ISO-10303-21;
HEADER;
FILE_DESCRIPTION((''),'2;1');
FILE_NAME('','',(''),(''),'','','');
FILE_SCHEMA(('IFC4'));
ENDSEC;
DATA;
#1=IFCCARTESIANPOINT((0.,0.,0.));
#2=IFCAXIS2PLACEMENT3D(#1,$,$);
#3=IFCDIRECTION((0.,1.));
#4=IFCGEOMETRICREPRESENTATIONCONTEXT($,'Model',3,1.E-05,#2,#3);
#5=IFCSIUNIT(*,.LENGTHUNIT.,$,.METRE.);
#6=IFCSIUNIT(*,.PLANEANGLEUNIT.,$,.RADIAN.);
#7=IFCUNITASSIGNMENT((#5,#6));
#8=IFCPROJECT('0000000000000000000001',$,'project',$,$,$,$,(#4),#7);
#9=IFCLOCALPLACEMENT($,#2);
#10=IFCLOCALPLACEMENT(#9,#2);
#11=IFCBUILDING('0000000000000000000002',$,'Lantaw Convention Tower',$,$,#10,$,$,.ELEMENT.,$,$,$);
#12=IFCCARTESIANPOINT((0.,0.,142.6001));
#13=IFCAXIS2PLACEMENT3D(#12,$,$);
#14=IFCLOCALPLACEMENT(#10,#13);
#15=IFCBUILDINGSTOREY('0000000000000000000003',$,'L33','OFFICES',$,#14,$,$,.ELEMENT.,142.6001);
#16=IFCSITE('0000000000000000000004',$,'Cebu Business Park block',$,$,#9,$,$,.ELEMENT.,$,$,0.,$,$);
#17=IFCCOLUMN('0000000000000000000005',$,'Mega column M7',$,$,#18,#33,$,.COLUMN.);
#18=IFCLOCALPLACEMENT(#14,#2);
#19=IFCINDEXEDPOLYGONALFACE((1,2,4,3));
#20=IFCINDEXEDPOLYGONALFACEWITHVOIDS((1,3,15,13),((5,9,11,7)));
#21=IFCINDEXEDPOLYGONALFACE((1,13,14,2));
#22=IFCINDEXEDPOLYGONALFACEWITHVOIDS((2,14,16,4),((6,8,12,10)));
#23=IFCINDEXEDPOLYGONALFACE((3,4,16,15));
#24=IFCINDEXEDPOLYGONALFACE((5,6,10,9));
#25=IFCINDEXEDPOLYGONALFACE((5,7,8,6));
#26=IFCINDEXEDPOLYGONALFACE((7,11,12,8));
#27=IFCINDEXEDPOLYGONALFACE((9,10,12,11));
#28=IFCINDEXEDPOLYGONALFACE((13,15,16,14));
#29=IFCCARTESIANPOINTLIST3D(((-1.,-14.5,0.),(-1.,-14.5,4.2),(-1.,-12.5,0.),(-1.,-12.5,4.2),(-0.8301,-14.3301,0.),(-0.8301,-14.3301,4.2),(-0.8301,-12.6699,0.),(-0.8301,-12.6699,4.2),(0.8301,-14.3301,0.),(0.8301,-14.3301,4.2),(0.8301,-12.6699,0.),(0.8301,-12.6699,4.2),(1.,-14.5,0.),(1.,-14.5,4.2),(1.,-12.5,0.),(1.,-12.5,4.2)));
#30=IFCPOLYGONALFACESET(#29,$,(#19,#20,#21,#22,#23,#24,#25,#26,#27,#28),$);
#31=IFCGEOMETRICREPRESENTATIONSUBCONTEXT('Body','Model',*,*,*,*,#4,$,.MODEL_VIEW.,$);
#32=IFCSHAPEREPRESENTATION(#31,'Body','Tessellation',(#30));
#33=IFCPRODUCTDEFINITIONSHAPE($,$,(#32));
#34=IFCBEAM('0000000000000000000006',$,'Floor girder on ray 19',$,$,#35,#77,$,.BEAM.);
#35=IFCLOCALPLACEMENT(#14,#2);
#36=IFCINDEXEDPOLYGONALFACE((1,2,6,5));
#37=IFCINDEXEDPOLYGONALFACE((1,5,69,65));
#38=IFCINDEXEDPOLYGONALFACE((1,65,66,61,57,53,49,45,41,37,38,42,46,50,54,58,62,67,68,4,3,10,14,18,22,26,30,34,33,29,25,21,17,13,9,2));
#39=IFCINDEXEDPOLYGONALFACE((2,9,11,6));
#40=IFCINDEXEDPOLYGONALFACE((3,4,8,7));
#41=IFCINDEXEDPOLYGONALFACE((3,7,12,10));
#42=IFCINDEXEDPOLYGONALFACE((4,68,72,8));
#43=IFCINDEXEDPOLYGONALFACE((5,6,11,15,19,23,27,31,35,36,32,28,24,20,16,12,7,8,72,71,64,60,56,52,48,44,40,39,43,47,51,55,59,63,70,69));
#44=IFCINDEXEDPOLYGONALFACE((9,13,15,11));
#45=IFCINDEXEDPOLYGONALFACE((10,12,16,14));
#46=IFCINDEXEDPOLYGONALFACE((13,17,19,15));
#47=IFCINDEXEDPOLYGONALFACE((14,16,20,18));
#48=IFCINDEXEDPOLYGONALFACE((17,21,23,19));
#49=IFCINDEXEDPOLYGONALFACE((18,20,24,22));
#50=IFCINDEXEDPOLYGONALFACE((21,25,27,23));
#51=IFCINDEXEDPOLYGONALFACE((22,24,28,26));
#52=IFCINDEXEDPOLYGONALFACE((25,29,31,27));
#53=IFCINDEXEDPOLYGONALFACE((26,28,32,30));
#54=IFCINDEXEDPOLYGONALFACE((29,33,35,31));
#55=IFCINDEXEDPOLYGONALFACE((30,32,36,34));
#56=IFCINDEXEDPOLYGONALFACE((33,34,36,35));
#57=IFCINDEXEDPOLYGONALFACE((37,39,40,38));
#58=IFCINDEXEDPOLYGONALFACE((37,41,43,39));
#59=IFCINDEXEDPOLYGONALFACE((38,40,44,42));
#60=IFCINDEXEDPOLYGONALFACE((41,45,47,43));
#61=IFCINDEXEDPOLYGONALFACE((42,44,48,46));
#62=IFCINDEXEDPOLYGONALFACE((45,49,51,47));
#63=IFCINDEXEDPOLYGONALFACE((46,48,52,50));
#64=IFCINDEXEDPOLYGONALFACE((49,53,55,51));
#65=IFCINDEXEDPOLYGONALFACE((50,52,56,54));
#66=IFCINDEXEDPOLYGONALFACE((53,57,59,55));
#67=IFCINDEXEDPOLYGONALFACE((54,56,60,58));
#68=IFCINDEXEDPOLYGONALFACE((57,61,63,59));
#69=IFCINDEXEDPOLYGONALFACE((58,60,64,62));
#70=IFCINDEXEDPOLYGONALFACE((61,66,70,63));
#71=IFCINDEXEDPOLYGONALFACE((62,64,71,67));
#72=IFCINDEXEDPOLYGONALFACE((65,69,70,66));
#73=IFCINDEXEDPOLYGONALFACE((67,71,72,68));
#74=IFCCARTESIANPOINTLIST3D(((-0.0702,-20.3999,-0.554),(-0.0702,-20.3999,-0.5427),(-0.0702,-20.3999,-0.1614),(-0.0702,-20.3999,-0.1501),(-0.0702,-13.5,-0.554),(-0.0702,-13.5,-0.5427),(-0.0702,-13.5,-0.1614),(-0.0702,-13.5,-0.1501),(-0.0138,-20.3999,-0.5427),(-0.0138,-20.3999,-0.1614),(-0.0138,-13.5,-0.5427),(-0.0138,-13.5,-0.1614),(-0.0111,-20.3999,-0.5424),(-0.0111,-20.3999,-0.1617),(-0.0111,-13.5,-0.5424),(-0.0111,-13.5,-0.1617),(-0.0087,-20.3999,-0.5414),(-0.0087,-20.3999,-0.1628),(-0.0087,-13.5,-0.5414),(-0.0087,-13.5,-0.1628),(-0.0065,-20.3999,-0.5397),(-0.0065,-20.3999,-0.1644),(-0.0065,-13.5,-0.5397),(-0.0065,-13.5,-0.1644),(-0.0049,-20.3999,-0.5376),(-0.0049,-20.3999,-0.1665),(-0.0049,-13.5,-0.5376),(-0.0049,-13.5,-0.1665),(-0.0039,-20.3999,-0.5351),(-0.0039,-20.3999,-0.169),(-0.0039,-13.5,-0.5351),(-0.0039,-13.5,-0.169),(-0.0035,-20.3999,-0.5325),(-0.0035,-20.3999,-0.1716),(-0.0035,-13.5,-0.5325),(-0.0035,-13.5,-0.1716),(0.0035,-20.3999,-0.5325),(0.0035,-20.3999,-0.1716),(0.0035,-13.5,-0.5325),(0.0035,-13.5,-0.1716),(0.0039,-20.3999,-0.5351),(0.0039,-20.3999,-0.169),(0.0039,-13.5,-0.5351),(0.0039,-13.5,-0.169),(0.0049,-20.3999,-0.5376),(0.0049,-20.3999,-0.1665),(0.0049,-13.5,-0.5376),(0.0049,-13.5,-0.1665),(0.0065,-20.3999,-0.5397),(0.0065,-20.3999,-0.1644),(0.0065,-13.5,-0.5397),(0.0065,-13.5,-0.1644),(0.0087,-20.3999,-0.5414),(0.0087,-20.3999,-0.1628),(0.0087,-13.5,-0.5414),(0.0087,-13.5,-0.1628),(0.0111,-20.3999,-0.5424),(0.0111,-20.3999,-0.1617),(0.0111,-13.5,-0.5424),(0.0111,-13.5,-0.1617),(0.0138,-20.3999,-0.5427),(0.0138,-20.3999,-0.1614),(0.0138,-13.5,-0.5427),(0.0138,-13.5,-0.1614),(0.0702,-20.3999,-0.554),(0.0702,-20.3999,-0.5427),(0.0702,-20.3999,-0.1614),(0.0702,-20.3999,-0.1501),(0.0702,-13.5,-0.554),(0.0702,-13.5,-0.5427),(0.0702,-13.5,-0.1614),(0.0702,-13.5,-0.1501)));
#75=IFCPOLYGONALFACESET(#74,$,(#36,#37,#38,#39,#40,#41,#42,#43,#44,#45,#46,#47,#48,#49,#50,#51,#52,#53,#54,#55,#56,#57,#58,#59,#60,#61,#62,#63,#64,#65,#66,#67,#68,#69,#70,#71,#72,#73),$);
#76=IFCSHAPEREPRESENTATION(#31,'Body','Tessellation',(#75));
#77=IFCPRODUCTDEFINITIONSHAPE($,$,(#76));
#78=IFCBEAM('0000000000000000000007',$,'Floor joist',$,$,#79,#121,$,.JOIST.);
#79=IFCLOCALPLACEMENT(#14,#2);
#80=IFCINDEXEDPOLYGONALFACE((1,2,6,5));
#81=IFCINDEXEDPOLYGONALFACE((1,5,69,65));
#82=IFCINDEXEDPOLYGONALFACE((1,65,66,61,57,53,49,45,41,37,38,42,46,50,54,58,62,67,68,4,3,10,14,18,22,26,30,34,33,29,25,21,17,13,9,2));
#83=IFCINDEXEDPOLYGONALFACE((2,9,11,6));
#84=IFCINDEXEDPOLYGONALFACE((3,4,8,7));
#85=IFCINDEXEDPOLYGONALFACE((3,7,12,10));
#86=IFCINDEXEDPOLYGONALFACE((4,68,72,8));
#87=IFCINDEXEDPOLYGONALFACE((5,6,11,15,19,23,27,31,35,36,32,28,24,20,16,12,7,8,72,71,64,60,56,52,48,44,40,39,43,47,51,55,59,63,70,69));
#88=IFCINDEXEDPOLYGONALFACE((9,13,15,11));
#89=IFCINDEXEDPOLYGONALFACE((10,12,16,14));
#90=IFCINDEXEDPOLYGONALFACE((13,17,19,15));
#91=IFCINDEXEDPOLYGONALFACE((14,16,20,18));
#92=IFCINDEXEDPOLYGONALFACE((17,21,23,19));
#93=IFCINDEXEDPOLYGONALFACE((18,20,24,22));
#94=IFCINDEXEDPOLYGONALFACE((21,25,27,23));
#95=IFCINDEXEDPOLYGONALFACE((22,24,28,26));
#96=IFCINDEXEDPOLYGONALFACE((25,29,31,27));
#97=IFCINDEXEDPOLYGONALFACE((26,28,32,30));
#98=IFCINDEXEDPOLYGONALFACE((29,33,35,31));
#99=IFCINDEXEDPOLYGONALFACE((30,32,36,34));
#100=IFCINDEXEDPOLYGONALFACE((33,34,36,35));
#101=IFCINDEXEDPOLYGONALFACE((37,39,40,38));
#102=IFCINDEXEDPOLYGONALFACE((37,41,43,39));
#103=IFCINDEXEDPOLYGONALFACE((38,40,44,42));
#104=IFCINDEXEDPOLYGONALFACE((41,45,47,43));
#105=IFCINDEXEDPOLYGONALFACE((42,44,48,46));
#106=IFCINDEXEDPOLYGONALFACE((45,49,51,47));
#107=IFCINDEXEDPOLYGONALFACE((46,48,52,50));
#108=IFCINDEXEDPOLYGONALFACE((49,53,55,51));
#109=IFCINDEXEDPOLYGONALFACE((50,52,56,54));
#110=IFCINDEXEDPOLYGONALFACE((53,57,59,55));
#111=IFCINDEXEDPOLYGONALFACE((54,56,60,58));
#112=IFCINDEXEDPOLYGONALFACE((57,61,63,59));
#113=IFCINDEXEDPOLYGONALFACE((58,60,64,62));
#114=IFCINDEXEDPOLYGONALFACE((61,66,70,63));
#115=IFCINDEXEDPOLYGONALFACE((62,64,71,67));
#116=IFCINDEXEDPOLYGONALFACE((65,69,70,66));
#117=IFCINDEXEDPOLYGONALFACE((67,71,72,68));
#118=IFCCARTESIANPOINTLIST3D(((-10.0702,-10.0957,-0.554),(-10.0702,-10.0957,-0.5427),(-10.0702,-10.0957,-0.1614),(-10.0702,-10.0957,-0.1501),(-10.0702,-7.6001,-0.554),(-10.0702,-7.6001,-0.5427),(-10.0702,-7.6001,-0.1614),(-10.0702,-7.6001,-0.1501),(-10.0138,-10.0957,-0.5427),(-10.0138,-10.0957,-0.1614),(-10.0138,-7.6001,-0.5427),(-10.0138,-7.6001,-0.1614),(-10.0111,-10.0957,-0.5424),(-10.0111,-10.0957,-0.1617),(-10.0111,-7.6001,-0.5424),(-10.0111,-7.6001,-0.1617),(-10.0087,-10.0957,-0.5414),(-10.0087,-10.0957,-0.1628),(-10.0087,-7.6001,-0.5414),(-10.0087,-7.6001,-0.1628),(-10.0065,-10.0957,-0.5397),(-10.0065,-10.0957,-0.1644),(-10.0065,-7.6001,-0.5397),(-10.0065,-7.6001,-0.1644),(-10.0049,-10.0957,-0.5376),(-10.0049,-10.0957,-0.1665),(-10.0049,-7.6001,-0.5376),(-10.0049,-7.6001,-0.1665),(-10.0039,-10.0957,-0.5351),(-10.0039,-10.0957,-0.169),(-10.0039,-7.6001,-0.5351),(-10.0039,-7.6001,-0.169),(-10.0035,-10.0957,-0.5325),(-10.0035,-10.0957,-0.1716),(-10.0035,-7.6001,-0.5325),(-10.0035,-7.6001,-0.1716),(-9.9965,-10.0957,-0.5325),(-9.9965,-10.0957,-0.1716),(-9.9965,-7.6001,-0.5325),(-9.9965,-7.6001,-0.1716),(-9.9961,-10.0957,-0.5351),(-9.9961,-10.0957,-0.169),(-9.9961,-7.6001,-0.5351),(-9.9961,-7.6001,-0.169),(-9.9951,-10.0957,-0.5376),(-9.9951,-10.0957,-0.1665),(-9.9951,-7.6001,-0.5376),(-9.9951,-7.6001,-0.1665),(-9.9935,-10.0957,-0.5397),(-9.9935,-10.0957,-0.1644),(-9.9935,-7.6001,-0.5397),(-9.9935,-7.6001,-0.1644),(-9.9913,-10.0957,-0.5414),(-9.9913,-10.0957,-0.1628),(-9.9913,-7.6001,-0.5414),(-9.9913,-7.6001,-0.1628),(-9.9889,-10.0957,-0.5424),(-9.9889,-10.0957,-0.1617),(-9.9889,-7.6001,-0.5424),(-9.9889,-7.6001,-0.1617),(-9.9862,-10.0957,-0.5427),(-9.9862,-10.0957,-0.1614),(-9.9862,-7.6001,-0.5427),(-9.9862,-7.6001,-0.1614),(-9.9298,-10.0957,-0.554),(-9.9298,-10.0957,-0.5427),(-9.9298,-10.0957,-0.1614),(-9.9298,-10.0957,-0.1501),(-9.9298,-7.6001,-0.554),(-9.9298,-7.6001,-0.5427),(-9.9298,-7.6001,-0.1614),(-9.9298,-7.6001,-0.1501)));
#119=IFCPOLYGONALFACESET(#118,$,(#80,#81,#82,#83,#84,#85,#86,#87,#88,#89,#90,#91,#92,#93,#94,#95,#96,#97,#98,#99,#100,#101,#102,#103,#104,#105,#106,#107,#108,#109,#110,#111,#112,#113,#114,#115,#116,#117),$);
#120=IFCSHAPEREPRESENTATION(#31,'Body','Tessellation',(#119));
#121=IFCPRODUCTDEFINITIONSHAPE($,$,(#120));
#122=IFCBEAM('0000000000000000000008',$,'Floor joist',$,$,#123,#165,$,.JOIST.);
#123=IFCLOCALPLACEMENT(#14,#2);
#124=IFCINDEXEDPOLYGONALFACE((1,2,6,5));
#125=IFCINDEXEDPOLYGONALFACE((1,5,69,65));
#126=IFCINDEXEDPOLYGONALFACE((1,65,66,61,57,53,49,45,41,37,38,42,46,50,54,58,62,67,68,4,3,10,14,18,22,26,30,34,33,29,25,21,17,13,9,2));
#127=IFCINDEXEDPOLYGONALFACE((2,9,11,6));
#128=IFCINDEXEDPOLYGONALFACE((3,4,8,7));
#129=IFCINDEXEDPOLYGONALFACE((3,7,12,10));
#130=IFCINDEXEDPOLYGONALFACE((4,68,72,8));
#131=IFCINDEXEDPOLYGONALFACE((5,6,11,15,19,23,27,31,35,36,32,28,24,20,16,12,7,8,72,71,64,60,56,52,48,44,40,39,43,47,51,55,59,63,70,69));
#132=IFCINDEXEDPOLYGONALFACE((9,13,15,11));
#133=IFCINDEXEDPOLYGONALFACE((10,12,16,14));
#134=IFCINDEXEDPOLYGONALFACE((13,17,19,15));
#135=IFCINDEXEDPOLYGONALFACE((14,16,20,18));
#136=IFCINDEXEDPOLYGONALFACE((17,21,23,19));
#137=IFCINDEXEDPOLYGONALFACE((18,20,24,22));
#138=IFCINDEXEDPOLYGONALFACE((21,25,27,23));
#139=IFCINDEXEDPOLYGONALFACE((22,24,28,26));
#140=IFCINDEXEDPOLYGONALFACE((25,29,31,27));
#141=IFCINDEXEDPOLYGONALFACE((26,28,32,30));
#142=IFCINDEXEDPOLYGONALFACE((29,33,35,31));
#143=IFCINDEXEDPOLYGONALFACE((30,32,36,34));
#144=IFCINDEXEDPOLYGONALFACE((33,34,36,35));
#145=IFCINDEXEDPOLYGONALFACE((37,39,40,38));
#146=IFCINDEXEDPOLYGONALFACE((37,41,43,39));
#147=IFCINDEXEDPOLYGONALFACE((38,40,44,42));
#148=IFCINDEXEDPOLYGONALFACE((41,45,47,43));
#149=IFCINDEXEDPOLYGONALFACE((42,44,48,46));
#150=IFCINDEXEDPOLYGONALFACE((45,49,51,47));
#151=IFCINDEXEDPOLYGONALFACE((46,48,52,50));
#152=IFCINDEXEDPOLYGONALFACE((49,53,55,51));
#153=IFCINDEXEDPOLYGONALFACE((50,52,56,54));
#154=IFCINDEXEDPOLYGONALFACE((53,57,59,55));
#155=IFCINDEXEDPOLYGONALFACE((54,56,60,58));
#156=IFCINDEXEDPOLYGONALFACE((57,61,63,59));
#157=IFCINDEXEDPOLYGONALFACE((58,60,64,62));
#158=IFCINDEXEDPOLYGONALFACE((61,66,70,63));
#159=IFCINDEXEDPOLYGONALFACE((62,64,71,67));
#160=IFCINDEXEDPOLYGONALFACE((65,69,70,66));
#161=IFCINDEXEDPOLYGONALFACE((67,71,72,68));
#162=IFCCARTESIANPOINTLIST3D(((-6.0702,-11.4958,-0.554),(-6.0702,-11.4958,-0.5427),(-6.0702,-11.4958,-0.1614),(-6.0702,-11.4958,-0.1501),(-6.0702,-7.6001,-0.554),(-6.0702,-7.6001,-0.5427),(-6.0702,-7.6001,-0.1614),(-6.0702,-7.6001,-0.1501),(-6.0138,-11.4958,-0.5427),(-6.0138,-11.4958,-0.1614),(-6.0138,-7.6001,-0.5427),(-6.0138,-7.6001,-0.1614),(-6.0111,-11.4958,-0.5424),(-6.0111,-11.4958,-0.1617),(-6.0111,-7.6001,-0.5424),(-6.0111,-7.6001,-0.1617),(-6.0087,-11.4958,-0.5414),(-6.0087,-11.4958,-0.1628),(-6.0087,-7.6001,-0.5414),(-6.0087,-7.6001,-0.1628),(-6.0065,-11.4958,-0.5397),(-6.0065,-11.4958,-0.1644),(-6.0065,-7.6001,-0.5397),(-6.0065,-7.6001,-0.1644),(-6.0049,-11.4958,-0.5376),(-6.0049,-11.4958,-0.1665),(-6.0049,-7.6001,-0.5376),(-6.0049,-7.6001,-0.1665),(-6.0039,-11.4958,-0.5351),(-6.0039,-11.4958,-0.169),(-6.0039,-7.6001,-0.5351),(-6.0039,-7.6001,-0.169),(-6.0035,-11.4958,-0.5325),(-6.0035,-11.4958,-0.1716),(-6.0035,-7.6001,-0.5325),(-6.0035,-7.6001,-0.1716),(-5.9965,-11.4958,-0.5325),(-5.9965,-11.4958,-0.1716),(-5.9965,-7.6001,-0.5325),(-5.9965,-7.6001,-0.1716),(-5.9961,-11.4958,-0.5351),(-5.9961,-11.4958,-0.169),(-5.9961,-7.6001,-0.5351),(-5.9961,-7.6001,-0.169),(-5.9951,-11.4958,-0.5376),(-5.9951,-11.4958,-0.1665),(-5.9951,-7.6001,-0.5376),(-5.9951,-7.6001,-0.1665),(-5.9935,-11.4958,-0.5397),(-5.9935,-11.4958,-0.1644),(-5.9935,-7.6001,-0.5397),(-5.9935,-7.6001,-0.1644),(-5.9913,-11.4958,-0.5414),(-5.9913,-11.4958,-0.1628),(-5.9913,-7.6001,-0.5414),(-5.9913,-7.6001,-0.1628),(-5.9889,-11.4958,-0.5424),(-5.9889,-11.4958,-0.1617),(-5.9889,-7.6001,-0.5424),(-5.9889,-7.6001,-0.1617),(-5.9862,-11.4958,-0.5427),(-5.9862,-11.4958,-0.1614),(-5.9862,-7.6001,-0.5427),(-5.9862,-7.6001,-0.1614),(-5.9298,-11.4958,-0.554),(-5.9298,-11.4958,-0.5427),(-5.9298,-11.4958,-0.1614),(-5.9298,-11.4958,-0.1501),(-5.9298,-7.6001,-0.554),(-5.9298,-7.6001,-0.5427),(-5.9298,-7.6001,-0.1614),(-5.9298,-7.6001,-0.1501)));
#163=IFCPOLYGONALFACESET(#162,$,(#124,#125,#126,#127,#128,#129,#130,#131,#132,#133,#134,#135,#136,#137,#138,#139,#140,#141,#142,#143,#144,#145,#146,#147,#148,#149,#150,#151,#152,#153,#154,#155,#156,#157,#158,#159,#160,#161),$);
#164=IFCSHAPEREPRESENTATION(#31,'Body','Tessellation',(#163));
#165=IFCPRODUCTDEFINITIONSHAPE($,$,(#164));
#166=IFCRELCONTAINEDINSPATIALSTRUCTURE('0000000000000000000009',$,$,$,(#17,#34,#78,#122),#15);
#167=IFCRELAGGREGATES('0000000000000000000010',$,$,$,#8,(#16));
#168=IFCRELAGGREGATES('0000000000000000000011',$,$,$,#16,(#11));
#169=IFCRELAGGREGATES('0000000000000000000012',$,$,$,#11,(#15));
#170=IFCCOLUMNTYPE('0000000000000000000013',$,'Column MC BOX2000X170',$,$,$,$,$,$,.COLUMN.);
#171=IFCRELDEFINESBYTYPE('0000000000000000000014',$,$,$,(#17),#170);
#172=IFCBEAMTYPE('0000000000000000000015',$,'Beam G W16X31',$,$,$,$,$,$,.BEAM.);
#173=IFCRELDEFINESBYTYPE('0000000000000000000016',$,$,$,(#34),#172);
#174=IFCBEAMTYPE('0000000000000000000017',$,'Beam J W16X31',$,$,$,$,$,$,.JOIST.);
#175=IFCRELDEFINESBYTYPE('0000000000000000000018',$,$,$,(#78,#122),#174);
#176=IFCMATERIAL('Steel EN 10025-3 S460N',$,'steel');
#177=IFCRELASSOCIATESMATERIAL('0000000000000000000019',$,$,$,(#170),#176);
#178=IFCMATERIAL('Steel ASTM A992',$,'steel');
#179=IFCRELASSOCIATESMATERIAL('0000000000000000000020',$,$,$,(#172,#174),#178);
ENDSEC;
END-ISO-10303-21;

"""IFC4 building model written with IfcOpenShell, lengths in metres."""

from ifc_helpers import new_model, si_unit, direction, frame, origin, origin_2d, place, context, subcontext, project, spatial, rectangle, hollow_rectangle, i_section, extrude, material, material_profile, profile_set, type_object, element, save


model = new_model("IFC4")

# Units and contexts
model_context = context("Model", 3, precision=1e-05, world=origin(), true_north=direction((0.0, 1.0)))
body_context = subcontext(model_context, "Body", "Model", "MODEL_VIEW")
ifc_project = project(units=[si_unit("LENGTHUNIT", "METRE"), si_unit("PLANEANGLEUNIT", "RADIAN")], contexts=[model_context])

# Site, building, storey
site_placement = place(None, origin())
site = spatial("IfcSite", under=ifc_project, at=site_placement, Name="Cebu Business Park block", CompositionType="ELEMENT", RefElevation=0.0)
building_placement = place(site_placement, origin())
building = spatial("IfcBuilding", under=site, at=building_placement, Name="Lantaw Convention Tower", CompositionType="ELEMENT")
storey_placement = place(building_placement, frame((0.0, 0.0, 142.6001)))
storey = spatial("IfcBuildingStorey", under=building, at=storey_placement, Name="L33", Description="OFFICES", CompositionType="ELEMENT", Elevation=142.6001)

# Column
ifc_material_1 = material(Name="Steel EN 10025-3 S460N", Category="steel")
ifc_material_profile_1 = material_profile(ifc_material_1, hollow_rectangle(XDim=2.0, YDim=2.0, WallThickness=0.1699, at=origin_2d()), Name="BOX2000X170")
ifc_material_2 = material(Name="Concrete C60/75", Category="concrete")
ifc_material_profile_2 = material_profile(ifc_material_2, rectangle(XDim=1.6599, YDim=1.6599, at=origin_2d()), Name="Concrete fill of BOX2000X170")
ifc_profile_set_1 = profile_set([ifc_material_profile_1, ifc_material_profile_2], Name="Steel EN 10025-3 S460N")
column_type = type_object("IfcColumnType", Name="Column MC BOX2000X170", PredefinedType="COLUMN", material=ifc_profile_set_1)
column_placement = place(storey_placement, frame((0.0, -13.5, 0.0), z_axis=(0.0, 0.0, 1.0), x_axis=(1.0, 0.0, 0.0)))
element("IfcColumn", 1, at=column_placement, inside=storey, type_object=column_type, Name="Mega column M7", PredefinedType="COLUMN", context=body_context, shape_type="SweptSolid", body=[
    extrude(hollow_rectangle(XDim=2.0, YDim=2.0, WallThickness=0.1699, at=origin_2d()), origin(), (0.0, 0.0, 1.0), 4.2),
])

# Beams
ifc_material_3 = material(Name="Steel ASTM A992", Category="steel")
ifc_material_profile_3 = material_profile(ifc_material_3, i_section(OverallWidth=0.1404, OverallDepth=0.4038, WebThickness=0.0071, FlangeThickness=0.0112, FilletRadius=0.0103, at=origin_2d()), Name="W16X31")
ifc_profile_set_2 = profile_set([ifc_material_profile_3], Name="Steel ASTM A992")
beam_type_1 = type_object("IfcBeamType", Name="Beam G W16X31", PredefinedType="BEAM", material=ifc_profile_set_2)
beam_1_placement = place(storey_placement, frame((0.0, -13.5, -0.3521), z_axis=(0.0, -1.0, 0.0), x_axis=(1.0, 0.0, 0.0)))
element("IfcBeam", 2, at=beam_1_placement, inside=storey, type_object=beam_type_1, Name="Floor girder on ray 19", PredefinedType="BEAM", context=body_context, shape_type="SweptSolid", body=[
    extrude(i_section(OverallWidth=0.1404, OverallDepth=0.4038, WebThickness=0.0071, FlangeThickness=0.0112, FilletRadius=0.0103, at=origin_2d()), origin(), (0.0, 0.0, 1.0), 6.8999),
])
ifc_material_profile_4 = material_profile(ifc_material_3, i_section(OverallWidth=0.1404, OverallDepth=0.4038, WebThickness=0.0071, FlangeThickness=0.0112, FilletRadius=0.0103, at=origin_2d()), Name="W16X31")
ifc_profile_set_3 = profile_set([ifc_material_profile_4], Name="Steel ASTM A992")
beam_type_2 = type_object("IfcBeamType", Name="Beam J W16X31", PredefinedType="JOIST", material=ifc_profile_set_3)
beam_2_placement = place(storey_placement, frame((-10.0, -10.0957, -0.3521), z_axis=(0.0, 1.0, 0.0), x_axis=(-1.0, 0.0, 0.0)))
element("IfcBeam", 3, at=beam_2_placement, inside=storey, type_object=beam_type_2, Name="Floor joist", PredefinedType="JOIST", context=body_context, shape_type="SweptSolid", body=[
    extrude(i_section(OverallWidth=0.1404, OverallDepth=0.4038, WebThickness=0.0071, FlangeThickness=0.0112, FilletRadius=0.0103, at=origin_2d()), origin(), (0.0, 0.0, 1.0), 2.4956),
])
beam_3_placement = place(storey_placement, frame((-6.0, -11.4958, -0.3521), z_axis=(0.0, 1.0, 0.0), x_axis=(-1.0, 0.0, 0.0)))
element("IfcBeam", 4, at=beam_3_placement, inside=storey, type_object=beam_type_2, Name="Floor joist", PredefinedType="JOIST", context=body_context, shape_type="SweptSolid", body=[
    extrude(i_section(OverallWidth=0.1404, OverallDepth=0.4038, WebThickness=0.0071, FlangeThickness=0.0112, FilletRadius=0.0103, at=origin_2d()), origin(), (0.0, 0.0, 1.0), 3.8958),
])

save(model, "model.ifc")
